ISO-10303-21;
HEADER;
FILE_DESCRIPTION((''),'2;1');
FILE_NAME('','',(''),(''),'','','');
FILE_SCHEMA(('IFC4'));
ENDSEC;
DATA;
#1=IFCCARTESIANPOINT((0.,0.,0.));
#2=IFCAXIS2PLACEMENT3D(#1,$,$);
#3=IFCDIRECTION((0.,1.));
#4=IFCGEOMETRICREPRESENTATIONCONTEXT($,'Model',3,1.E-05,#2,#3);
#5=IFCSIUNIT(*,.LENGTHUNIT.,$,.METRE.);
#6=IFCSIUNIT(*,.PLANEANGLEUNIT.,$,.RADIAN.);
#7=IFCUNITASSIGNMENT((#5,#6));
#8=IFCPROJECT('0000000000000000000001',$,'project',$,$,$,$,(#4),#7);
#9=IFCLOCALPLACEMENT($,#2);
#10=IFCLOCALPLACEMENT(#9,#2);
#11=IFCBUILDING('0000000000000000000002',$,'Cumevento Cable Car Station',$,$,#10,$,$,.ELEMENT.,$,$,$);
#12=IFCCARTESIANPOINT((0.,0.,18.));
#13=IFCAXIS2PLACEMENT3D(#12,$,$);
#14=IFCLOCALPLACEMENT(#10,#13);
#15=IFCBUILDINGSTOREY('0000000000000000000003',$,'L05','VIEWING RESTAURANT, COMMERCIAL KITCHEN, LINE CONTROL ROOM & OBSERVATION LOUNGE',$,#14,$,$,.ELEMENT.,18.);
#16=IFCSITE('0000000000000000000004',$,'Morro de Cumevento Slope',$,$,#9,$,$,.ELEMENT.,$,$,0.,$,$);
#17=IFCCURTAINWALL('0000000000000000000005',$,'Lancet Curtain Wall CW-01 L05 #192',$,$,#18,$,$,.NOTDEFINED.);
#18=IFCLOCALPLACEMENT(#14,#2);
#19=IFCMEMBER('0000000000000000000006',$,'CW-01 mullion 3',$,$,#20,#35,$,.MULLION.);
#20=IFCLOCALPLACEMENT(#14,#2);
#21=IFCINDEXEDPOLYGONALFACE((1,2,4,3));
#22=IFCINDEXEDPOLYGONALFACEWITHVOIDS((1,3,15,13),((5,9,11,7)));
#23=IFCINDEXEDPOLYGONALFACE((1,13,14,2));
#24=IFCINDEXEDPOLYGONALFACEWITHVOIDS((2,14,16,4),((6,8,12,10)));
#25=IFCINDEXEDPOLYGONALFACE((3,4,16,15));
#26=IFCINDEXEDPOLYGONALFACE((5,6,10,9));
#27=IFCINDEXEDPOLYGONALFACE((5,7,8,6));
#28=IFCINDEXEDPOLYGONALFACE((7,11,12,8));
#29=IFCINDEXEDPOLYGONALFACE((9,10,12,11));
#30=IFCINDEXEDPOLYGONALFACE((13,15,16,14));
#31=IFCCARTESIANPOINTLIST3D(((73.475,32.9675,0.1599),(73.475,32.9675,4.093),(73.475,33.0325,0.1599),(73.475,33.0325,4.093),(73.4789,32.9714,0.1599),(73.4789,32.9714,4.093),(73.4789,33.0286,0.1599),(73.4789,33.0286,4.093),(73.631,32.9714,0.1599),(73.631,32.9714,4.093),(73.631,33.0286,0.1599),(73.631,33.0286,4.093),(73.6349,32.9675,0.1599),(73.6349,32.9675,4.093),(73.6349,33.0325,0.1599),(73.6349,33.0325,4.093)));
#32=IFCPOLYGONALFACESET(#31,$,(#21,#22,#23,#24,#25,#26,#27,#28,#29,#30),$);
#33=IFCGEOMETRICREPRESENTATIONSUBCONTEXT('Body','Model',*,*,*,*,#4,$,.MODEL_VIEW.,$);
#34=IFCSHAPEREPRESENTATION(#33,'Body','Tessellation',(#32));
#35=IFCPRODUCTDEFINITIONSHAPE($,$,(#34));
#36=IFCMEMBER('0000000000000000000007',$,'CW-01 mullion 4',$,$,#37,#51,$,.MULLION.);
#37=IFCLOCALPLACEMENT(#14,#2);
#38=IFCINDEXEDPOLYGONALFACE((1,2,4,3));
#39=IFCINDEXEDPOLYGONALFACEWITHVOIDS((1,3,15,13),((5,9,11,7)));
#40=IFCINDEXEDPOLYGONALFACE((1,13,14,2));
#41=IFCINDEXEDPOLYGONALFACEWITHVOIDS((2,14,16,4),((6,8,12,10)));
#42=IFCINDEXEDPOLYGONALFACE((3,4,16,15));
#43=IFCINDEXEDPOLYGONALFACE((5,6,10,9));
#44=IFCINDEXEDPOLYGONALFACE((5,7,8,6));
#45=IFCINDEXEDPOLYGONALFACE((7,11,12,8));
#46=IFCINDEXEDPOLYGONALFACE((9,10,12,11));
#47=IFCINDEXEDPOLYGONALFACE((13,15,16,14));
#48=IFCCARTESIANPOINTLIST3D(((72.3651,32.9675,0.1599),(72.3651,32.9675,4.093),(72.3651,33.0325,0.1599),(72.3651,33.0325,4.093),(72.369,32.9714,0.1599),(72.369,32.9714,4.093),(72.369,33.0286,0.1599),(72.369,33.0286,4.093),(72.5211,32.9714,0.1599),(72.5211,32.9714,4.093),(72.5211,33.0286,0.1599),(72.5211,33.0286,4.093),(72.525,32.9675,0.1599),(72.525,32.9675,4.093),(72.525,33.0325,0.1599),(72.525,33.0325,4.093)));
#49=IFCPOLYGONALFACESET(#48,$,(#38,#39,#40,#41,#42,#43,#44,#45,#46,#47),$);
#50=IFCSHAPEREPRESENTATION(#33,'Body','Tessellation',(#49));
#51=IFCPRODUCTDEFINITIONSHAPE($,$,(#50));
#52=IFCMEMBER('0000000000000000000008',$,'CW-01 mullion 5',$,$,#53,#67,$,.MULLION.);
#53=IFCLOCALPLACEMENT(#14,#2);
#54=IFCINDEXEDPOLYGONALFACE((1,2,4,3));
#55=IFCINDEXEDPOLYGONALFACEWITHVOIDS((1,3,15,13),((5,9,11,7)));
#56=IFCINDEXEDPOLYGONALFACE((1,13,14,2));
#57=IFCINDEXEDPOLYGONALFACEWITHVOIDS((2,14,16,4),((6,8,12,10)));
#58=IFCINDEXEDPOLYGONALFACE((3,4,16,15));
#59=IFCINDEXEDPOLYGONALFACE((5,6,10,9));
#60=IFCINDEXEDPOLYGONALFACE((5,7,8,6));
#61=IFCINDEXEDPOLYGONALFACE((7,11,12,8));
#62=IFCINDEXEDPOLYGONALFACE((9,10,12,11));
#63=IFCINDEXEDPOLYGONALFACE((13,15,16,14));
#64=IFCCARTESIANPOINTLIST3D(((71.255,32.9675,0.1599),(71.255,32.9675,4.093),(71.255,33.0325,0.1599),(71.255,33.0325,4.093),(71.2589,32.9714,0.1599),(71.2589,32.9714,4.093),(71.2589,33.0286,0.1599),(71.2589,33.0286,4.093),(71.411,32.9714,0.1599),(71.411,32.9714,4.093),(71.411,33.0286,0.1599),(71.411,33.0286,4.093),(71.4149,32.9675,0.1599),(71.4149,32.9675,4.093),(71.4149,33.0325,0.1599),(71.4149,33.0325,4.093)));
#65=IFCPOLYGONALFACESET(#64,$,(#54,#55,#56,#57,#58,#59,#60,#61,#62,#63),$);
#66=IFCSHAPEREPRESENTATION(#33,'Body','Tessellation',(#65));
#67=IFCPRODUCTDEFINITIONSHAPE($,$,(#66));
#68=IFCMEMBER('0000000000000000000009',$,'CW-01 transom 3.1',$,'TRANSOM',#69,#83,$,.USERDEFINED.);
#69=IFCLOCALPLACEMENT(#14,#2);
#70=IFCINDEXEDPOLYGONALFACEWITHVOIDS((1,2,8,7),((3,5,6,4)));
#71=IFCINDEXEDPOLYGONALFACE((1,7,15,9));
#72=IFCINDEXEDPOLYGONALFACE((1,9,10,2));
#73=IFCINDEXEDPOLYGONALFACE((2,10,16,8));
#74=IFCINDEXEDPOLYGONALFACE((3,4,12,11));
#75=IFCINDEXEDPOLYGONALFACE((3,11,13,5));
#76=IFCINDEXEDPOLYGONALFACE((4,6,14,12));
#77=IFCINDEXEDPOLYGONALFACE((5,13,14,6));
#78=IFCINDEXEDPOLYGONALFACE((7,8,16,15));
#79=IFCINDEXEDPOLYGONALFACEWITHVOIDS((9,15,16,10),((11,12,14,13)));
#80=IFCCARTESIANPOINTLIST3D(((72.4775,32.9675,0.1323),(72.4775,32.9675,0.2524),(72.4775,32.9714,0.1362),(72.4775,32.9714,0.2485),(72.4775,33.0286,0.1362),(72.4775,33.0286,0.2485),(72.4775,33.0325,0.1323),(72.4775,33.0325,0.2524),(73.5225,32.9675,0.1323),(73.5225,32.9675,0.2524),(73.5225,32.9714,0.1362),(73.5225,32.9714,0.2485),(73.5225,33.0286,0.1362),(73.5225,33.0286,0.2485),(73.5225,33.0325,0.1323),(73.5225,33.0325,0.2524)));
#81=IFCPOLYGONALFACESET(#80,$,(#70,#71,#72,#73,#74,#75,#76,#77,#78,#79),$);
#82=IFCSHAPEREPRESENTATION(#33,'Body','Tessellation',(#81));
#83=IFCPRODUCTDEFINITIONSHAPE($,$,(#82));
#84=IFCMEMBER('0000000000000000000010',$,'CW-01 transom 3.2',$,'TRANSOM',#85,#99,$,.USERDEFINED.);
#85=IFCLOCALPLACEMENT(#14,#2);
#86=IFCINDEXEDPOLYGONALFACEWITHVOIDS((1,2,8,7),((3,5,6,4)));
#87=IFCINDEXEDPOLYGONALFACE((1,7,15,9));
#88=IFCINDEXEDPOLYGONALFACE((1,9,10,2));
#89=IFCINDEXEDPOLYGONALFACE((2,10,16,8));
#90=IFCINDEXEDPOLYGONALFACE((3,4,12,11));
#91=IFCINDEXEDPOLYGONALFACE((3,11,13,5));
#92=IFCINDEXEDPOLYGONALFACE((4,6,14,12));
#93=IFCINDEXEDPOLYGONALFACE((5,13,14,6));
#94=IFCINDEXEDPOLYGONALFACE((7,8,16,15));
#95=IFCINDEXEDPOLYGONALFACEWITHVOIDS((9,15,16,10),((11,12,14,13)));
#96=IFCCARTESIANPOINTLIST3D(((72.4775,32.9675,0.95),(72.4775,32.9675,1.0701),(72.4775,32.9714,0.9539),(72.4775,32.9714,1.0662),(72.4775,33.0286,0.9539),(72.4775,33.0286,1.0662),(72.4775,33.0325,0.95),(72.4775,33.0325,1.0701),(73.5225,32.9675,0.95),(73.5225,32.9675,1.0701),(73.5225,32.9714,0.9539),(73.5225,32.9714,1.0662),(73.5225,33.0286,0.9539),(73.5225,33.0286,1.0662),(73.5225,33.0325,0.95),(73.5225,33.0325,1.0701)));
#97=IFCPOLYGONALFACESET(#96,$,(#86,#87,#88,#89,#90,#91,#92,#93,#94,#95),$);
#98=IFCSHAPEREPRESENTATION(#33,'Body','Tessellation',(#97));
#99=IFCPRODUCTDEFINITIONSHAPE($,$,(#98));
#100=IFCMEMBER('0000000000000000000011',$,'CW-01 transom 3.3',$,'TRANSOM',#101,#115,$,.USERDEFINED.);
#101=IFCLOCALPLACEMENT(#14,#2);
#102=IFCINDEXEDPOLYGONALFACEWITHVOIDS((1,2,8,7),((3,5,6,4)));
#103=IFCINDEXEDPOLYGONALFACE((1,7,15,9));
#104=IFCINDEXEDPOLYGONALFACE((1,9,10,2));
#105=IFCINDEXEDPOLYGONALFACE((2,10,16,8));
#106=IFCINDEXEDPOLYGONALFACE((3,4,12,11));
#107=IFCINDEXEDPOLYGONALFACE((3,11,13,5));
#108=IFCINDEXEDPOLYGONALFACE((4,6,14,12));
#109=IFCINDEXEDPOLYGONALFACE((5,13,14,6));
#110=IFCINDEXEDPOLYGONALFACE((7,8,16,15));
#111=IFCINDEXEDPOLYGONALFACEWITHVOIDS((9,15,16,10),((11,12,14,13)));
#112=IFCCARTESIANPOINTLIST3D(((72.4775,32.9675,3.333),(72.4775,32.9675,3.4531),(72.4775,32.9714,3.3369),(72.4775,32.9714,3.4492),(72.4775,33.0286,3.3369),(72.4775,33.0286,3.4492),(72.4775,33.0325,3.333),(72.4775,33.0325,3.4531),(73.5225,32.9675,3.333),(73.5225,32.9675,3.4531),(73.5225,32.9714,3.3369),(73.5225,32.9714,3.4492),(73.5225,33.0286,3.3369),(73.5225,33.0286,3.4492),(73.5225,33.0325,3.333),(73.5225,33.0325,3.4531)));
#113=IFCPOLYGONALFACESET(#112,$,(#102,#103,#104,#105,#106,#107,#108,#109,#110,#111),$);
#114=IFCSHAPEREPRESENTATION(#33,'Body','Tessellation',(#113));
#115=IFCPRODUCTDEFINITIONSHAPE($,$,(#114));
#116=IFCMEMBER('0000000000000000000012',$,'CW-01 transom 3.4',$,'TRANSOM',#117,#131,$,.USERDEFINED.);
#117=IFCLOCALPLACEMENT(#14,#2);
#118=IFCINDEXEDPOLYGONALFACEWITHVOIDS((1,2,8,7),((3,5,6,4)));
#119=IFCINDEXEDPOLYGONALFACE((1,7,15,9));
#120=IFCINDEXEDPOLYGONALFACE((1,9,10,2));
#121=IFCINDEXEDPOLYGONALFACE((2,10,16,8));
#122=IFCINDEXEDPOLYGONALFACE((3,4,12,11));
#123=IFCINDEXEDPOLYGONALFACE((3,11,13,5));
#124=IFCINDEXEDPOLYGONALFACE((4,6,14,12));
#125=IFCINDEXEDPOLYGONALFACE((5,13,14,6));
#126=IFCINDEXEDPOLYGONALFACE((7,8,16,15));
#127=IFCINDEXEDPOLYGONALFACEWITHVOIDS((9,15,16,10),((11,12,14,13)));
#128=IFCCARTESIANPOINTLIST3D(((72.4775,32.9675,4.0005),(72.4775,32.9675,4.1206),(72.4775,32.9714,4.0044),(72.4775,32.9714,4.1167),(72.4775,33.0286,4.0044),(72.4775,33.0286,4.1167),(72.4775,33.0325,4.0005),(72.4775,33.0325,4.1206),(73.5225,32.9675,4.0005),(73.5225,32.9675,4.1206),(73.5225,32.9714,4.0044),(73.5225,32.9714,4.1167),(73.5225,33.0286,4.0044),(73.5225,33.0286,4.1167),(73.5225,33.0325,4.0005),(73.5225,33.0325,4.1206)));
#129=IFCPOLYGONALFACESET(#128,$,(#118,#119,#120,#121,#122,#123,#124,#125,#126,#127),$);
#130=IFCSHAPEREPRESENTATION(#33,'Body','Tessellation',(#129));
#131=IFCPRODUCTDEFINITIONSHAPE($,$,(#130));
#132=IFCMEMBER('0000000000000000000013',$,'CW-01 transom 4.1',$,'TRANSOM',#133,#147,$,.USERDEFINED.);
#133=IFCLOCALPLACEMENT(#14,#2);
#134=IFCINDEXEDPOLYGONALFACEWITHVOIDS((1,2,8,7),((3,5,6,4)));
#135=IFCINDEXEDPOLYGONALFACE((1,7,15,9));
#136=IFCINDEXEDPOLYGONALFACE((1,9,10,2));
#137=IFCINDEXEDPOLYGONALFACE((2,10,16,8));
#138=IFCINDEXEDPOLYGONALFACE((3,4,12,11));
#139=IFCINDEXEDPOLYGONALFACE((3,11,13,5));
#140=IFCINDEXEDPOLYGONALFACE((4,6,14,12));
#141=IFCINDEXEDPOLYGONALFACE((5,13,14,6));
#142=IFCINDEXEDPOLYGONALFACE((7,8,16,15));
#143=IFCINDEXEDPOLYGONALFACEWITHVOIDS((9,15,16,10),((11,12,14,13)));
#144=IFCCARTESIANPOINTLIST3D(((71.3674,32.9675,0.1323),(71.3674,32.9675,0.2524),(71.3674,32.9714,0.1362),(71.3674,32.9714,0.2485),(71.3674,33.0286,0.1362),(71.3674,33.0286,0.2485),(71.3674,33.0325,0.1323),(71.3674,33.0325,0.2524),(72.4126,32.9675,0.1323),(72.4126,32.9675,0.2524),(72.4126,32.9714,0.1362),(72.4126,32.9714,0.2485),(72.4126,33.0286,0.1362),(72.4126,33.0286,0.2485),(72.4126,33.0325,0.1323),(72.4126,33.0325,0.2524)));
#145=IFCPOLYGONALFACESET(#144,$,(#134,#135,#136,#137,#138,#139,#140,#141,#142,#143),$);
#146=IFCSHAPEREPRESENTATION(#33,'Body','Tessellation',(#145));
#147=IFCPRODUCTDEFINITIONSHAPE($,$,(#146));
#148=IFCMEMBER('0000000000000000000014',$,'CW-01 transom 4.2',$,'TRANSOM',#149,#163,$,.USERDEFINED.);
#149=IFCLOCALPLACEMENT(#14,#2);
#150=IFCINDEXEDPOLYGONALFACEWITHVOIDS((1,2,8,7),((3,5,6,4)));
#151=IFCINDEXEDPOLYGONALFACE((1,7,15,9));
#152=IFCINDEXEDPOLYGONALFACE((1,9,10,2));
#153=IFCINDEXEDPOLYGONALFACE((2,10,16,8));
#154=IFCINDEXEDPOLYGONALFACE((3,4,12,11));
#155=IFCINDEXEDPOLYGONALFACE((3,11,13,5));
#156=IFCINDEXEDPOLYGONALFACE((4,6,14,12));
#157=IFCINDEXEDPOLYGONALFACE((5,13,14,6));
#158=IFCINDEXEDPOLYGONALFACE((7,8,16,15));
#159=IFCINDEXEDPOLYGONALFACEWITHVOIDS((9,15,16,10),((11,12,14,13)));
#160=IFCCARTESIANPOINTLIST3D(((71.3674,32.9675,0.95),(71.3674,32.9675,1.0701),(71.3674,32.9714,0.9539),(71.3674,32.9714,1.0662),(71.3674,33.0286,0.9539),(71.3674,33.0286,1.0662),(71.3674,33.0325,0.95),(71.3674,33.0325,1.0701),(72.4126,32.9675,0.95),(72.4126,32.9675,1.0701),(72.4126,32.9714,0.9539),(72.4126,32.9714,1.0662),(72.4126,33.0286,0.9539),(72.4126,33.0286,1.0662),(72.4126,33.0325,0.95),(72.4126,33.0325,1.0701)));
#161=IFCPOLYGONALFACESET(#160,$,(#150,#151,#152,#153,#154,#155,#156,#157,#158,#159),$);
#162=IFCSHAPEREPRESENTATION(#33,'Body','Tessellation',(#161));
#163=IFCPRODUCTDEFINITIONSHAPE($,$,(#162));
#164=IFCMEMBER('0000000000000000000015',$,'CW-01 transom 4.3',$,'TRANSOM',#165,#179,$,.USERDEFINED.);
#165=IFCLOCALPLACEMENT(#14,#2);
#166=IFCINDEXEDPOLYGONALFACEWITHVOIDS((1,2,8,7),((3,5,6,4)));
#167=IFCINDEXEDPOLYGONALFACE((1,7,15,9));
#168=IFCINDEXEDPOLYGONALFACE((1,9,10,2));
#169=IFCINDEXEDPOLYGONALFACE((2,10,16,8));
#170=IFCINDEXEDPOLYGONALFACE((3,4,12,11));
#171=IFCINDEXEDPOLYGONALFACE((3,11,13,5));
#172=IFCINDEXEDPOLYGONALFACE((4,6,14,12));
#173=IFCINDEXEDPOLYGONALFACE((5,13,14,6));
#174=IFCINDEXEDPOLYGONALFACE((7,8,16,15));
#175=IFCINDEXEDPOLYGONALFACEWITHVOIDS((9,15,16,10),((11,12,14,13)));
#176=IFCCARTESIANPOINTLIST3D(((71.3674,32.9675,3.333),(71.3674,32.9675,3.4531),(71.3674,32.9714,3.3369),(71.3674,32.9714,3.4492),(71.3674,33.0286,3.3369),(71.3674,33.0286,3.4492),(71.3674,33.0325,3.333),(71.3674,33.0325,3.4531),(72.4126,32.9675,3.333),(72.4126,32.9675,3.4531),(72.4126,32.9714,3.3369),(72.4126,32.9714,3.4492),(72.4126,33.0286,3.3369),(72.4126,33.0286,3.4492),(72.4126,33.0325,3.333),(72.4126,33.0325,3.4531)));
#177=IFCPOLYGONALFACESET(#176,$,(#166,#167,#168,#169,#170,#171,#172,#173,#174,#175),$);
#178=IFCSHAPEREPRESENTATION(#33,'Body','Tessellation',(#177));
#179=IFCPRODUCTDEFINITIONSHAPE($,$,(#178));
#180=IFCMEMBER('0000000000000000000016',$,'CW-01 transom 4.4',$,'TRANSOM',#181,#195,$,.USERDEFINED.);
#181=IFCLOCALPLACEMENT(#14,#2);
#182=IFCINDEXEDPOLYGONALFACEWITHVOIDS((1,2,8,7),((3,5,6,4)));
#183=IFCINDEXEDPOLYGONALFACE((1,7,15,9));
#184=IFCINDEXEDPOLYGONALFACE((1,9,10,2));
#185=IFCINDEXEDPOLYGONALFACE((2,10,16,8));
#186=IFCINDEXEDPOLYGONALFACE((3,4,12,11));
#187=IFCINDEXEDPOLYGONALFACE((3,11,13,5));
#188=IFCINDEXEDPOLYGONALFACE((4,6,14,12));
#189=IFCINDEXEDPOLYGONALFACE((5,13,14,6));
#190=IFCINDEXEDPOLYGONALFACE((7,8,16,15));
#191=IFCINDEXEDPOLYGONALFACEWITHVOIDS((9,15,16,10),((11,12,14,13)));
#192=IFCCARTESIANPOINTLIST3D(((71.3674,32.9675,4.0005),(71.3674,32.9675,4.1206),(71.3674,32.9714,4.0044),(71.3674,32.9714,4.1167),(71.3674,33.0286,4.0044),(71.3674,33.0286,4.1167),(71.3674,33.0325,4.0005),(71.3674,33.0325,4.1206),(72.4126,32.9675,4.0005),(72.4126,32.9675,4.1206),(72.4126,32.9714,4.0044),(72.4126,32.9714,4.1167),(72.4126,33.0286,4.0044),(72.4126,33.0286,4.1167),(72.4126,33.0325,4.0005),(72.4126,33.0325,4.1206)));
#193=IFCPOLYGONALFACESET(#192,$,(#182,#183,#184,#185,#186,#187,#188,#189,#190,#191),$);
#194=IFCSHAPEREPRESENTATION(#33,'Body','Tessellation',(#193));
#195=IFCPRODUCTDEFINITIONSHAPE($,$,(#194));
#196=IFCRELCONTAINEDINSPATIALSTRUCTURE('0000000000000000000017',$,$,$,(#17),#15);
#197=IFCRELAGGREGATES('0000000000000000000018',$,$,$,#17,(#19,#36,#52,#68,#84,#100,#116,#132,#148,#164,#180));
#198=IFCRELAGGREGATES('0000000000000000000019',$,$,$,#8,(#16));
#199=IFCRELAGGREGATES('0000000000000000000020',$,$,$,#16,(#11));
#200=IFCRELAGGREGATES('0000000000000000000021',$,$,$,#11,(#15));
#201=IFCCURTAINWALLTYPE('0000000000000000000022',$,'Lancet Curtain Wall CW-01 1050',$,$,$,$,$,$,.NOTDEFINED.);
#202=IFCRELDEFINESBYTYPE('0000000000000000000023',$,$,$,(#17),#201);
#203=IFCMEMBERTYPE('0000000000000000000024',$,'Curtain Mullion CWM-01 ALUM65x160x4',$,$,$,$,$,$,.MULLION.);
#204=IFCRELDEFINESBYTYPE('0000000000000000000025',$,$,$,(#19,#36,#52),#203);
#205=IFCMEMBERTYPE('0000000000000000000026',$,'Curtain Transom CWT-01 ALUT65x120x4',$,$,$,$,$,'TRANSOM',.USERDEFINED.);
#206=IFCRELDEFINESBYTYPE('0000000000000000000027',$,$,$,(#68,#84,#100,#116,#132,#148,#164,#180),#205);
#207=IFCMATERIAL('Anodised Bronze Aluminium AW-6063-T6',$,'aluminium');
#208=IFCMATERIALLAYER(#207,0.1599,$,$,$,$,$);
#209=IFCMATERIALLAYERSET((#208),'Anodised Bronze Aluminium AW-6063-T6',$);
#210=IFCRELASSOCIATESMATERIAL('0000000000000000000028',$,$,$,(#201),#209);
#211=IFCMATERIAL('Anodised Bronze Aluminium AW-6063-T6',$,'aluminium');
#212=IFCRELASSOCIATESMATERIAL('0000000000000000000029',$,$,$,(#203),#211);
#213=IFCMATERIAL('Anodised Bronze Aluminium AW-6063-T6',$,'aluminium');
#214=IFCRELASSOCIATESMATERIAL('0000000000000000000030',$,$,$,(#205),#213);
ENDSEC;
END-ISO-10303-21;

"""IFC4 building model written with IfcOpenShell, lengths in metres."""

from ifc_helpers import new_model, si_unit, direction, frame, origin, origin_2d, place, context, subcontext, project, spatial, hollow_rectangle, extrude, material, layer, layer_set, material_profile, profile_set, type_object, element, aggregate, save


model = new_model("IFC4")

# Units and contexts
model_context = context("Model", 3, precision=1e-05, world=origin(), true_north=direction((0.0, 1.0)))
body_context = subcontext(model_context, "Body", "Model", "MODEL_VIEW")
ifc_project = project(units=[si_unit("LENGTHUNIT", "METRE"), si_unit("PLANEANGLEUNIT", "RADIAN")], contexts=[model_context])

# Site, building, storey
site_placement = place(None, origin())
site = spatial("IfcSite", under=ifc_project, at=site_placement, Name="Morro de Cumevento Slope", CompositionType="ELEMENT", RefElevation=0.0)
building_placement = place(site_placement, origin())
building = spatial("IfcBuilding", under=site, at=building_placement, Name="Cumevento Cable Car Station", CompositionType="ELEMENT")
storey_placement = place(building_placement, frame((0.0, 0.0, 18.0)))
storey = spatial("IfcBuildingStorey", under=building, at=storey_placement, Name="L05", Description="VIEWING RESTAURANT, COMMERCIAL KITCHEN, LINE CONTROL ROOM & OBSERVATION LOUNGE", CompositionType="ELEMENT", Elevation=18.0)

# Curtain wall, members
ifc_material_1 = material(Name="Anodised Bronze Aluminium AW-6063-T6", Category="aluminium")
ifc_layer_1 = layer(ifc_material_1, 0.1599)
ifc_layer_set_1 = layer_set([ifc_layer_1], Name="Anodised Bronze Aluminium AW-6063-T6")
curtain_wall_type = type_object("IfcCurtainWallType", Name="Lancet Curtain Wall CW-01 1050", PredefinedType="NOTDEFINED", material=ifc_layer_set_1)
curtain_wall_placement = place(storey_placement, origin())
curtain_wall = element("IfcCurtainWall", 1, at=curtain_wall_placement, inside=storey, type_object=curtain_wall_type, Name="Lancet Curtain Wall CW-01 L05 #192", PredefinedType="NOTDEFINED")
ifc_material_2 = material(Name="Anodised Bronze Aluminium AW-6063-T6", Category="aluminium")
ifc_material_profile_1 = material_profile(ifc_material_2, hollow_rectangle(XDim=0.0649, YDim=0.1599, WallThickness=0.0039, at=origin_2d()), Name="ALUM65x160x4")
ifc_profile_set_1 = profile_set([ifc_material_profile_1], Name="Anodised Bronze Aluminium AW-6063-T6")
member_type_1 = type_object("IfcMemberType", Name="Curtain Mullion CWM-01 ALUM65x160x4", PredefinedType="MULLION", material=ifc_profile_set_1)
member_1_placement = place(storey_placement, frame((73.5549, 33.0, 0.1599), z_axis=(0.0, 0.0, 1.0), x_axis=(0.0, -1.0, 0.0)))
member_1 = element("IfcMember", 2, at=member_1_placement, type_object=member_type_1, Name="CW-01 mullion 3", PredefinedType="MULLION", context=body_context, shape_type="SweptSolid", body=[
    extrude(hollow_rectangle(XDim=0.0649, YDim=0.1599, WallThickness=0.0039, at=origin_2d()), origin(), (0.0, 0.0, 1.0), 3.9331),
])
member_2_placement = place(storey_placement, frame((72.4451, 33.0, 0.1599), z_axis=(0.0, 0.0, 1.0), x_axis=(0.0, -1.0, 0.0)))
member_2 = element("IfcMember", 3, at=member_2_placement, type_object=member_type_1, Name="CW-01 mullion 4", PredefinedType="MULLION", context=body_context, shape_type="SweptSolid", body=[
    extrude(hollow_rectangle(XDim=0.0649, YDim=0.1599, WallThickness=0.0039, at=origin_2d()), origin(), (0.0, 0.0, 1.0), 3.9331),
])
member_3_placement = place(storey_placement, frame((71.335, 33.0, 0.1599), z_axis=(0.0, 0.0, 1.0), x_axis=(0.0, -1.0, 0.0)))
member_3 = element("IfcMember", 4, at=member_3_placement, type_object=member_type_1, Name="CW-01 mullion 5", PredefinedType="MULLION", context=body_context, shape_type="SweptSolid", body=[
    extrude(hollow_rectangle(XDim=0.0649, YDim=0.1599, WallThickness=0.0039, at=origin_2d()), origin(), (0.0, 0.0, 1.0), 3.9331),
])
ifc_material_3 = material(Name="Anodised Bronze Aluminium AW-6063-T6", Category="aluminium")
ifc_material_profile_2 = material_profile(ifc_material_3, hollow_rectangle(XDim=0.0649, YDim=0.1201, WallThickness=0.0039, at=origin_2d()), Name="ALUT65x120x4")
ifc_profile_set_2 = profile_set([ifc_material_profile_2], Name="Anodised Bronze Aluminium AW-6063-T6")
member_type_2 = type_object("IfcMemberType", Name="Curtain Transom CWT-01 ALUT65x120x4", ElementType="TRANSOM", PredefinedType="USERDEFINED", material=ifc_profile_set_2)
member_4_placement = place(storey_placement, frame((73.5225, 33.0, 0.1924), z_axis=(-1.0, 0.0, 0.0), x_axis=(0.0, -1.0, 0.0)))
member_4 = element("IfcMember", 5, at=member_4_placement, type_object=member_type_2, Name="CW-01 transom 3.1", ObjectType="TRANSOM", PredefinedType="USERDEFINED", context=body_context, shape_type="SweptSolid", body=[
    extrude(hollow_rectangle(XDim=0.0649, YDim=0.1201, WallThickness=0.0039, at=origin_2d()), origin(), (0.0, 0.0, 1.0), 1.0449),
])
member_5_placement = place(storey_placement, frame((73.5225, 33.0, 1.01), z_axis=(-1.0, 0.0, 0.0), x_axis=(0.0, -1.0, 0.0)))
member_5 = element("IfcMember", 6, at=member_5_placement, type_object=member_type_2, Name="CW-01 transom 3.2", ObjectType="TRANSOM", PredefinedType="USERDEFINED", context=body_context, shape_type="SweptSolid", body=[
    extrude(hollow_rectangle(XDim=0.0649, YDim=0.1201, WallThickness=0.0039, at=origin_2d()), origin(), (0.0, 0.0, 1.0), 1.0449),
])
member_6_placement = place(storey_placement, frame((73.5225, 33.0, 3.3931), z_axis=(-1.0, 0.0, 0.0), x_axis=(0.0, -1.0, 0.0)))
member_6 = element("IfcMember", 7, at=member_6_placement, type_object=member_type_2, Name="CW-01 transom 3.3", ObjectType="TRANSOM", PredefinedType="USERDEFINED", context=body_context, shape_type="SweptSolid", body=[
    extrude(hollow_rectangle(XDim=0.0649, YDim=0.1201, WallThickness=0.0039, at=origin_2d()), origin(), (0.0, 0.0, 1.0), 1.0449),
])
member_7_placement = place(storey_placement, frame((73.5225, 33.0, 4.0605), z_axis=(-1.0, 0.0, 0.0), x_axis=(0.0, -1.0, 0.0)))
member_7 = element("IfcMember", 8, at=member_7_placement, type_object=member_type_2, Name="CW-01 transom 3.4", ObjectType="TRANSOM", PredefinedType="USERDEFINED", context=body_context, shape_type="SweptSolid", body=[
    extrude(hollow_rectangle(XDim=0.0649, YDim=0.1201, WallThickness=0.0039, at=origin_2d()), origin(), (0.0, 0.0, 1.0), 1.0449),
])
member_8_placement = place(storey_placement, frame((72.4126, 33.0, 0.1924), z_axis=(-1.0, 0.0, 0.0), x_axis=(0.0, -1.0, 0.0)))
member_8 = element("IfcMember", 9, at=member_8_placement, type_object=member_type_2, Name="CW-01 transom 4.1", ObjectType="TRANSOM", PredefinedType="USERDEFINED", context=body_context, shape_type="SweptSolid", body=[
    extrude(hollow_rectangle(XDim=0.0649, YDim=0.1201, WallThickness=0.0039, at=origin_2d()), origin(), (0.0, 0.0, 1.0), 1.0452),
])
member_9_placement = place(storey_placement, frame((72.4126, 33.0, 1.01), z_axis=(-1.0, 0.0, 0.0), x_axis=(0.0, -1.0, 0.0)))
member_9 = element("IfcMember", 10, at=member_9_placement, type_object=member_type_2, Name="CW-01 transom 4.2", ObjectType="TRANSOM", PredefinedType="USERDEFINED", context=body_context, shape_type="SweptSolid", body=[
    extrude(hollow_rectangle(XDim=0.0649, YDim=0.1201, WallThickness=0.0039, at=origin_2d()), origin(), (0.0, 0.0, 1.0), 1.0452),
])
member_10_placement = place(storey_placement, frame((72.4126, 33.0, 3.3931), z_axis=(-1.0, 0.0, 0.0), x_axis=(0.0, -1.0, 0.0)))
member_10 = element("IfcMember", 11, at=member_10_placement, type_object=member_type_2, Name="CW-01 transom 4.3", ObjectType="TRANSOM", PredefinedType="USERDEFINED", context=body_context, shape_type="SweptSolid", body=[
    extrude(hollow_rectangle(XDim=0.0649, YDim=0.1201, WallThickness=0.0039, at=origin_2d()), origin(), (0.0, 0.0, 1.0), 1.0452),
])
member_11_placement = place(storey_placement, frame((72.4126, 33.0, 4.0605), z_axis=(-1.0, 0.0, 0.0), x_axis=(0.0, -1.0, 0.0)))
member_11 = element("IfcMember", 12, at=member_11_placement, type_object=member_type_2, Name="CW-01 transom 4.4", ObjectType="TRANSOM", PredefinedType="USERDEFINED", context=body_context, shape_type="SweptSolid", body=[
    extrude(hollow_rectangle(XDim=0.0649, YDim=0.1201, WallThickness=0.0039, at=origin_2d()), origin(), (0.0, 0.0, 1.0), 1.0452),
])
aggregate(curtain_wall, [member_1, member_2, member_3, member_4, member_5, member_6, member_7, member_8, member_9, member_10, member_11])

save(model, "model.ifc")
